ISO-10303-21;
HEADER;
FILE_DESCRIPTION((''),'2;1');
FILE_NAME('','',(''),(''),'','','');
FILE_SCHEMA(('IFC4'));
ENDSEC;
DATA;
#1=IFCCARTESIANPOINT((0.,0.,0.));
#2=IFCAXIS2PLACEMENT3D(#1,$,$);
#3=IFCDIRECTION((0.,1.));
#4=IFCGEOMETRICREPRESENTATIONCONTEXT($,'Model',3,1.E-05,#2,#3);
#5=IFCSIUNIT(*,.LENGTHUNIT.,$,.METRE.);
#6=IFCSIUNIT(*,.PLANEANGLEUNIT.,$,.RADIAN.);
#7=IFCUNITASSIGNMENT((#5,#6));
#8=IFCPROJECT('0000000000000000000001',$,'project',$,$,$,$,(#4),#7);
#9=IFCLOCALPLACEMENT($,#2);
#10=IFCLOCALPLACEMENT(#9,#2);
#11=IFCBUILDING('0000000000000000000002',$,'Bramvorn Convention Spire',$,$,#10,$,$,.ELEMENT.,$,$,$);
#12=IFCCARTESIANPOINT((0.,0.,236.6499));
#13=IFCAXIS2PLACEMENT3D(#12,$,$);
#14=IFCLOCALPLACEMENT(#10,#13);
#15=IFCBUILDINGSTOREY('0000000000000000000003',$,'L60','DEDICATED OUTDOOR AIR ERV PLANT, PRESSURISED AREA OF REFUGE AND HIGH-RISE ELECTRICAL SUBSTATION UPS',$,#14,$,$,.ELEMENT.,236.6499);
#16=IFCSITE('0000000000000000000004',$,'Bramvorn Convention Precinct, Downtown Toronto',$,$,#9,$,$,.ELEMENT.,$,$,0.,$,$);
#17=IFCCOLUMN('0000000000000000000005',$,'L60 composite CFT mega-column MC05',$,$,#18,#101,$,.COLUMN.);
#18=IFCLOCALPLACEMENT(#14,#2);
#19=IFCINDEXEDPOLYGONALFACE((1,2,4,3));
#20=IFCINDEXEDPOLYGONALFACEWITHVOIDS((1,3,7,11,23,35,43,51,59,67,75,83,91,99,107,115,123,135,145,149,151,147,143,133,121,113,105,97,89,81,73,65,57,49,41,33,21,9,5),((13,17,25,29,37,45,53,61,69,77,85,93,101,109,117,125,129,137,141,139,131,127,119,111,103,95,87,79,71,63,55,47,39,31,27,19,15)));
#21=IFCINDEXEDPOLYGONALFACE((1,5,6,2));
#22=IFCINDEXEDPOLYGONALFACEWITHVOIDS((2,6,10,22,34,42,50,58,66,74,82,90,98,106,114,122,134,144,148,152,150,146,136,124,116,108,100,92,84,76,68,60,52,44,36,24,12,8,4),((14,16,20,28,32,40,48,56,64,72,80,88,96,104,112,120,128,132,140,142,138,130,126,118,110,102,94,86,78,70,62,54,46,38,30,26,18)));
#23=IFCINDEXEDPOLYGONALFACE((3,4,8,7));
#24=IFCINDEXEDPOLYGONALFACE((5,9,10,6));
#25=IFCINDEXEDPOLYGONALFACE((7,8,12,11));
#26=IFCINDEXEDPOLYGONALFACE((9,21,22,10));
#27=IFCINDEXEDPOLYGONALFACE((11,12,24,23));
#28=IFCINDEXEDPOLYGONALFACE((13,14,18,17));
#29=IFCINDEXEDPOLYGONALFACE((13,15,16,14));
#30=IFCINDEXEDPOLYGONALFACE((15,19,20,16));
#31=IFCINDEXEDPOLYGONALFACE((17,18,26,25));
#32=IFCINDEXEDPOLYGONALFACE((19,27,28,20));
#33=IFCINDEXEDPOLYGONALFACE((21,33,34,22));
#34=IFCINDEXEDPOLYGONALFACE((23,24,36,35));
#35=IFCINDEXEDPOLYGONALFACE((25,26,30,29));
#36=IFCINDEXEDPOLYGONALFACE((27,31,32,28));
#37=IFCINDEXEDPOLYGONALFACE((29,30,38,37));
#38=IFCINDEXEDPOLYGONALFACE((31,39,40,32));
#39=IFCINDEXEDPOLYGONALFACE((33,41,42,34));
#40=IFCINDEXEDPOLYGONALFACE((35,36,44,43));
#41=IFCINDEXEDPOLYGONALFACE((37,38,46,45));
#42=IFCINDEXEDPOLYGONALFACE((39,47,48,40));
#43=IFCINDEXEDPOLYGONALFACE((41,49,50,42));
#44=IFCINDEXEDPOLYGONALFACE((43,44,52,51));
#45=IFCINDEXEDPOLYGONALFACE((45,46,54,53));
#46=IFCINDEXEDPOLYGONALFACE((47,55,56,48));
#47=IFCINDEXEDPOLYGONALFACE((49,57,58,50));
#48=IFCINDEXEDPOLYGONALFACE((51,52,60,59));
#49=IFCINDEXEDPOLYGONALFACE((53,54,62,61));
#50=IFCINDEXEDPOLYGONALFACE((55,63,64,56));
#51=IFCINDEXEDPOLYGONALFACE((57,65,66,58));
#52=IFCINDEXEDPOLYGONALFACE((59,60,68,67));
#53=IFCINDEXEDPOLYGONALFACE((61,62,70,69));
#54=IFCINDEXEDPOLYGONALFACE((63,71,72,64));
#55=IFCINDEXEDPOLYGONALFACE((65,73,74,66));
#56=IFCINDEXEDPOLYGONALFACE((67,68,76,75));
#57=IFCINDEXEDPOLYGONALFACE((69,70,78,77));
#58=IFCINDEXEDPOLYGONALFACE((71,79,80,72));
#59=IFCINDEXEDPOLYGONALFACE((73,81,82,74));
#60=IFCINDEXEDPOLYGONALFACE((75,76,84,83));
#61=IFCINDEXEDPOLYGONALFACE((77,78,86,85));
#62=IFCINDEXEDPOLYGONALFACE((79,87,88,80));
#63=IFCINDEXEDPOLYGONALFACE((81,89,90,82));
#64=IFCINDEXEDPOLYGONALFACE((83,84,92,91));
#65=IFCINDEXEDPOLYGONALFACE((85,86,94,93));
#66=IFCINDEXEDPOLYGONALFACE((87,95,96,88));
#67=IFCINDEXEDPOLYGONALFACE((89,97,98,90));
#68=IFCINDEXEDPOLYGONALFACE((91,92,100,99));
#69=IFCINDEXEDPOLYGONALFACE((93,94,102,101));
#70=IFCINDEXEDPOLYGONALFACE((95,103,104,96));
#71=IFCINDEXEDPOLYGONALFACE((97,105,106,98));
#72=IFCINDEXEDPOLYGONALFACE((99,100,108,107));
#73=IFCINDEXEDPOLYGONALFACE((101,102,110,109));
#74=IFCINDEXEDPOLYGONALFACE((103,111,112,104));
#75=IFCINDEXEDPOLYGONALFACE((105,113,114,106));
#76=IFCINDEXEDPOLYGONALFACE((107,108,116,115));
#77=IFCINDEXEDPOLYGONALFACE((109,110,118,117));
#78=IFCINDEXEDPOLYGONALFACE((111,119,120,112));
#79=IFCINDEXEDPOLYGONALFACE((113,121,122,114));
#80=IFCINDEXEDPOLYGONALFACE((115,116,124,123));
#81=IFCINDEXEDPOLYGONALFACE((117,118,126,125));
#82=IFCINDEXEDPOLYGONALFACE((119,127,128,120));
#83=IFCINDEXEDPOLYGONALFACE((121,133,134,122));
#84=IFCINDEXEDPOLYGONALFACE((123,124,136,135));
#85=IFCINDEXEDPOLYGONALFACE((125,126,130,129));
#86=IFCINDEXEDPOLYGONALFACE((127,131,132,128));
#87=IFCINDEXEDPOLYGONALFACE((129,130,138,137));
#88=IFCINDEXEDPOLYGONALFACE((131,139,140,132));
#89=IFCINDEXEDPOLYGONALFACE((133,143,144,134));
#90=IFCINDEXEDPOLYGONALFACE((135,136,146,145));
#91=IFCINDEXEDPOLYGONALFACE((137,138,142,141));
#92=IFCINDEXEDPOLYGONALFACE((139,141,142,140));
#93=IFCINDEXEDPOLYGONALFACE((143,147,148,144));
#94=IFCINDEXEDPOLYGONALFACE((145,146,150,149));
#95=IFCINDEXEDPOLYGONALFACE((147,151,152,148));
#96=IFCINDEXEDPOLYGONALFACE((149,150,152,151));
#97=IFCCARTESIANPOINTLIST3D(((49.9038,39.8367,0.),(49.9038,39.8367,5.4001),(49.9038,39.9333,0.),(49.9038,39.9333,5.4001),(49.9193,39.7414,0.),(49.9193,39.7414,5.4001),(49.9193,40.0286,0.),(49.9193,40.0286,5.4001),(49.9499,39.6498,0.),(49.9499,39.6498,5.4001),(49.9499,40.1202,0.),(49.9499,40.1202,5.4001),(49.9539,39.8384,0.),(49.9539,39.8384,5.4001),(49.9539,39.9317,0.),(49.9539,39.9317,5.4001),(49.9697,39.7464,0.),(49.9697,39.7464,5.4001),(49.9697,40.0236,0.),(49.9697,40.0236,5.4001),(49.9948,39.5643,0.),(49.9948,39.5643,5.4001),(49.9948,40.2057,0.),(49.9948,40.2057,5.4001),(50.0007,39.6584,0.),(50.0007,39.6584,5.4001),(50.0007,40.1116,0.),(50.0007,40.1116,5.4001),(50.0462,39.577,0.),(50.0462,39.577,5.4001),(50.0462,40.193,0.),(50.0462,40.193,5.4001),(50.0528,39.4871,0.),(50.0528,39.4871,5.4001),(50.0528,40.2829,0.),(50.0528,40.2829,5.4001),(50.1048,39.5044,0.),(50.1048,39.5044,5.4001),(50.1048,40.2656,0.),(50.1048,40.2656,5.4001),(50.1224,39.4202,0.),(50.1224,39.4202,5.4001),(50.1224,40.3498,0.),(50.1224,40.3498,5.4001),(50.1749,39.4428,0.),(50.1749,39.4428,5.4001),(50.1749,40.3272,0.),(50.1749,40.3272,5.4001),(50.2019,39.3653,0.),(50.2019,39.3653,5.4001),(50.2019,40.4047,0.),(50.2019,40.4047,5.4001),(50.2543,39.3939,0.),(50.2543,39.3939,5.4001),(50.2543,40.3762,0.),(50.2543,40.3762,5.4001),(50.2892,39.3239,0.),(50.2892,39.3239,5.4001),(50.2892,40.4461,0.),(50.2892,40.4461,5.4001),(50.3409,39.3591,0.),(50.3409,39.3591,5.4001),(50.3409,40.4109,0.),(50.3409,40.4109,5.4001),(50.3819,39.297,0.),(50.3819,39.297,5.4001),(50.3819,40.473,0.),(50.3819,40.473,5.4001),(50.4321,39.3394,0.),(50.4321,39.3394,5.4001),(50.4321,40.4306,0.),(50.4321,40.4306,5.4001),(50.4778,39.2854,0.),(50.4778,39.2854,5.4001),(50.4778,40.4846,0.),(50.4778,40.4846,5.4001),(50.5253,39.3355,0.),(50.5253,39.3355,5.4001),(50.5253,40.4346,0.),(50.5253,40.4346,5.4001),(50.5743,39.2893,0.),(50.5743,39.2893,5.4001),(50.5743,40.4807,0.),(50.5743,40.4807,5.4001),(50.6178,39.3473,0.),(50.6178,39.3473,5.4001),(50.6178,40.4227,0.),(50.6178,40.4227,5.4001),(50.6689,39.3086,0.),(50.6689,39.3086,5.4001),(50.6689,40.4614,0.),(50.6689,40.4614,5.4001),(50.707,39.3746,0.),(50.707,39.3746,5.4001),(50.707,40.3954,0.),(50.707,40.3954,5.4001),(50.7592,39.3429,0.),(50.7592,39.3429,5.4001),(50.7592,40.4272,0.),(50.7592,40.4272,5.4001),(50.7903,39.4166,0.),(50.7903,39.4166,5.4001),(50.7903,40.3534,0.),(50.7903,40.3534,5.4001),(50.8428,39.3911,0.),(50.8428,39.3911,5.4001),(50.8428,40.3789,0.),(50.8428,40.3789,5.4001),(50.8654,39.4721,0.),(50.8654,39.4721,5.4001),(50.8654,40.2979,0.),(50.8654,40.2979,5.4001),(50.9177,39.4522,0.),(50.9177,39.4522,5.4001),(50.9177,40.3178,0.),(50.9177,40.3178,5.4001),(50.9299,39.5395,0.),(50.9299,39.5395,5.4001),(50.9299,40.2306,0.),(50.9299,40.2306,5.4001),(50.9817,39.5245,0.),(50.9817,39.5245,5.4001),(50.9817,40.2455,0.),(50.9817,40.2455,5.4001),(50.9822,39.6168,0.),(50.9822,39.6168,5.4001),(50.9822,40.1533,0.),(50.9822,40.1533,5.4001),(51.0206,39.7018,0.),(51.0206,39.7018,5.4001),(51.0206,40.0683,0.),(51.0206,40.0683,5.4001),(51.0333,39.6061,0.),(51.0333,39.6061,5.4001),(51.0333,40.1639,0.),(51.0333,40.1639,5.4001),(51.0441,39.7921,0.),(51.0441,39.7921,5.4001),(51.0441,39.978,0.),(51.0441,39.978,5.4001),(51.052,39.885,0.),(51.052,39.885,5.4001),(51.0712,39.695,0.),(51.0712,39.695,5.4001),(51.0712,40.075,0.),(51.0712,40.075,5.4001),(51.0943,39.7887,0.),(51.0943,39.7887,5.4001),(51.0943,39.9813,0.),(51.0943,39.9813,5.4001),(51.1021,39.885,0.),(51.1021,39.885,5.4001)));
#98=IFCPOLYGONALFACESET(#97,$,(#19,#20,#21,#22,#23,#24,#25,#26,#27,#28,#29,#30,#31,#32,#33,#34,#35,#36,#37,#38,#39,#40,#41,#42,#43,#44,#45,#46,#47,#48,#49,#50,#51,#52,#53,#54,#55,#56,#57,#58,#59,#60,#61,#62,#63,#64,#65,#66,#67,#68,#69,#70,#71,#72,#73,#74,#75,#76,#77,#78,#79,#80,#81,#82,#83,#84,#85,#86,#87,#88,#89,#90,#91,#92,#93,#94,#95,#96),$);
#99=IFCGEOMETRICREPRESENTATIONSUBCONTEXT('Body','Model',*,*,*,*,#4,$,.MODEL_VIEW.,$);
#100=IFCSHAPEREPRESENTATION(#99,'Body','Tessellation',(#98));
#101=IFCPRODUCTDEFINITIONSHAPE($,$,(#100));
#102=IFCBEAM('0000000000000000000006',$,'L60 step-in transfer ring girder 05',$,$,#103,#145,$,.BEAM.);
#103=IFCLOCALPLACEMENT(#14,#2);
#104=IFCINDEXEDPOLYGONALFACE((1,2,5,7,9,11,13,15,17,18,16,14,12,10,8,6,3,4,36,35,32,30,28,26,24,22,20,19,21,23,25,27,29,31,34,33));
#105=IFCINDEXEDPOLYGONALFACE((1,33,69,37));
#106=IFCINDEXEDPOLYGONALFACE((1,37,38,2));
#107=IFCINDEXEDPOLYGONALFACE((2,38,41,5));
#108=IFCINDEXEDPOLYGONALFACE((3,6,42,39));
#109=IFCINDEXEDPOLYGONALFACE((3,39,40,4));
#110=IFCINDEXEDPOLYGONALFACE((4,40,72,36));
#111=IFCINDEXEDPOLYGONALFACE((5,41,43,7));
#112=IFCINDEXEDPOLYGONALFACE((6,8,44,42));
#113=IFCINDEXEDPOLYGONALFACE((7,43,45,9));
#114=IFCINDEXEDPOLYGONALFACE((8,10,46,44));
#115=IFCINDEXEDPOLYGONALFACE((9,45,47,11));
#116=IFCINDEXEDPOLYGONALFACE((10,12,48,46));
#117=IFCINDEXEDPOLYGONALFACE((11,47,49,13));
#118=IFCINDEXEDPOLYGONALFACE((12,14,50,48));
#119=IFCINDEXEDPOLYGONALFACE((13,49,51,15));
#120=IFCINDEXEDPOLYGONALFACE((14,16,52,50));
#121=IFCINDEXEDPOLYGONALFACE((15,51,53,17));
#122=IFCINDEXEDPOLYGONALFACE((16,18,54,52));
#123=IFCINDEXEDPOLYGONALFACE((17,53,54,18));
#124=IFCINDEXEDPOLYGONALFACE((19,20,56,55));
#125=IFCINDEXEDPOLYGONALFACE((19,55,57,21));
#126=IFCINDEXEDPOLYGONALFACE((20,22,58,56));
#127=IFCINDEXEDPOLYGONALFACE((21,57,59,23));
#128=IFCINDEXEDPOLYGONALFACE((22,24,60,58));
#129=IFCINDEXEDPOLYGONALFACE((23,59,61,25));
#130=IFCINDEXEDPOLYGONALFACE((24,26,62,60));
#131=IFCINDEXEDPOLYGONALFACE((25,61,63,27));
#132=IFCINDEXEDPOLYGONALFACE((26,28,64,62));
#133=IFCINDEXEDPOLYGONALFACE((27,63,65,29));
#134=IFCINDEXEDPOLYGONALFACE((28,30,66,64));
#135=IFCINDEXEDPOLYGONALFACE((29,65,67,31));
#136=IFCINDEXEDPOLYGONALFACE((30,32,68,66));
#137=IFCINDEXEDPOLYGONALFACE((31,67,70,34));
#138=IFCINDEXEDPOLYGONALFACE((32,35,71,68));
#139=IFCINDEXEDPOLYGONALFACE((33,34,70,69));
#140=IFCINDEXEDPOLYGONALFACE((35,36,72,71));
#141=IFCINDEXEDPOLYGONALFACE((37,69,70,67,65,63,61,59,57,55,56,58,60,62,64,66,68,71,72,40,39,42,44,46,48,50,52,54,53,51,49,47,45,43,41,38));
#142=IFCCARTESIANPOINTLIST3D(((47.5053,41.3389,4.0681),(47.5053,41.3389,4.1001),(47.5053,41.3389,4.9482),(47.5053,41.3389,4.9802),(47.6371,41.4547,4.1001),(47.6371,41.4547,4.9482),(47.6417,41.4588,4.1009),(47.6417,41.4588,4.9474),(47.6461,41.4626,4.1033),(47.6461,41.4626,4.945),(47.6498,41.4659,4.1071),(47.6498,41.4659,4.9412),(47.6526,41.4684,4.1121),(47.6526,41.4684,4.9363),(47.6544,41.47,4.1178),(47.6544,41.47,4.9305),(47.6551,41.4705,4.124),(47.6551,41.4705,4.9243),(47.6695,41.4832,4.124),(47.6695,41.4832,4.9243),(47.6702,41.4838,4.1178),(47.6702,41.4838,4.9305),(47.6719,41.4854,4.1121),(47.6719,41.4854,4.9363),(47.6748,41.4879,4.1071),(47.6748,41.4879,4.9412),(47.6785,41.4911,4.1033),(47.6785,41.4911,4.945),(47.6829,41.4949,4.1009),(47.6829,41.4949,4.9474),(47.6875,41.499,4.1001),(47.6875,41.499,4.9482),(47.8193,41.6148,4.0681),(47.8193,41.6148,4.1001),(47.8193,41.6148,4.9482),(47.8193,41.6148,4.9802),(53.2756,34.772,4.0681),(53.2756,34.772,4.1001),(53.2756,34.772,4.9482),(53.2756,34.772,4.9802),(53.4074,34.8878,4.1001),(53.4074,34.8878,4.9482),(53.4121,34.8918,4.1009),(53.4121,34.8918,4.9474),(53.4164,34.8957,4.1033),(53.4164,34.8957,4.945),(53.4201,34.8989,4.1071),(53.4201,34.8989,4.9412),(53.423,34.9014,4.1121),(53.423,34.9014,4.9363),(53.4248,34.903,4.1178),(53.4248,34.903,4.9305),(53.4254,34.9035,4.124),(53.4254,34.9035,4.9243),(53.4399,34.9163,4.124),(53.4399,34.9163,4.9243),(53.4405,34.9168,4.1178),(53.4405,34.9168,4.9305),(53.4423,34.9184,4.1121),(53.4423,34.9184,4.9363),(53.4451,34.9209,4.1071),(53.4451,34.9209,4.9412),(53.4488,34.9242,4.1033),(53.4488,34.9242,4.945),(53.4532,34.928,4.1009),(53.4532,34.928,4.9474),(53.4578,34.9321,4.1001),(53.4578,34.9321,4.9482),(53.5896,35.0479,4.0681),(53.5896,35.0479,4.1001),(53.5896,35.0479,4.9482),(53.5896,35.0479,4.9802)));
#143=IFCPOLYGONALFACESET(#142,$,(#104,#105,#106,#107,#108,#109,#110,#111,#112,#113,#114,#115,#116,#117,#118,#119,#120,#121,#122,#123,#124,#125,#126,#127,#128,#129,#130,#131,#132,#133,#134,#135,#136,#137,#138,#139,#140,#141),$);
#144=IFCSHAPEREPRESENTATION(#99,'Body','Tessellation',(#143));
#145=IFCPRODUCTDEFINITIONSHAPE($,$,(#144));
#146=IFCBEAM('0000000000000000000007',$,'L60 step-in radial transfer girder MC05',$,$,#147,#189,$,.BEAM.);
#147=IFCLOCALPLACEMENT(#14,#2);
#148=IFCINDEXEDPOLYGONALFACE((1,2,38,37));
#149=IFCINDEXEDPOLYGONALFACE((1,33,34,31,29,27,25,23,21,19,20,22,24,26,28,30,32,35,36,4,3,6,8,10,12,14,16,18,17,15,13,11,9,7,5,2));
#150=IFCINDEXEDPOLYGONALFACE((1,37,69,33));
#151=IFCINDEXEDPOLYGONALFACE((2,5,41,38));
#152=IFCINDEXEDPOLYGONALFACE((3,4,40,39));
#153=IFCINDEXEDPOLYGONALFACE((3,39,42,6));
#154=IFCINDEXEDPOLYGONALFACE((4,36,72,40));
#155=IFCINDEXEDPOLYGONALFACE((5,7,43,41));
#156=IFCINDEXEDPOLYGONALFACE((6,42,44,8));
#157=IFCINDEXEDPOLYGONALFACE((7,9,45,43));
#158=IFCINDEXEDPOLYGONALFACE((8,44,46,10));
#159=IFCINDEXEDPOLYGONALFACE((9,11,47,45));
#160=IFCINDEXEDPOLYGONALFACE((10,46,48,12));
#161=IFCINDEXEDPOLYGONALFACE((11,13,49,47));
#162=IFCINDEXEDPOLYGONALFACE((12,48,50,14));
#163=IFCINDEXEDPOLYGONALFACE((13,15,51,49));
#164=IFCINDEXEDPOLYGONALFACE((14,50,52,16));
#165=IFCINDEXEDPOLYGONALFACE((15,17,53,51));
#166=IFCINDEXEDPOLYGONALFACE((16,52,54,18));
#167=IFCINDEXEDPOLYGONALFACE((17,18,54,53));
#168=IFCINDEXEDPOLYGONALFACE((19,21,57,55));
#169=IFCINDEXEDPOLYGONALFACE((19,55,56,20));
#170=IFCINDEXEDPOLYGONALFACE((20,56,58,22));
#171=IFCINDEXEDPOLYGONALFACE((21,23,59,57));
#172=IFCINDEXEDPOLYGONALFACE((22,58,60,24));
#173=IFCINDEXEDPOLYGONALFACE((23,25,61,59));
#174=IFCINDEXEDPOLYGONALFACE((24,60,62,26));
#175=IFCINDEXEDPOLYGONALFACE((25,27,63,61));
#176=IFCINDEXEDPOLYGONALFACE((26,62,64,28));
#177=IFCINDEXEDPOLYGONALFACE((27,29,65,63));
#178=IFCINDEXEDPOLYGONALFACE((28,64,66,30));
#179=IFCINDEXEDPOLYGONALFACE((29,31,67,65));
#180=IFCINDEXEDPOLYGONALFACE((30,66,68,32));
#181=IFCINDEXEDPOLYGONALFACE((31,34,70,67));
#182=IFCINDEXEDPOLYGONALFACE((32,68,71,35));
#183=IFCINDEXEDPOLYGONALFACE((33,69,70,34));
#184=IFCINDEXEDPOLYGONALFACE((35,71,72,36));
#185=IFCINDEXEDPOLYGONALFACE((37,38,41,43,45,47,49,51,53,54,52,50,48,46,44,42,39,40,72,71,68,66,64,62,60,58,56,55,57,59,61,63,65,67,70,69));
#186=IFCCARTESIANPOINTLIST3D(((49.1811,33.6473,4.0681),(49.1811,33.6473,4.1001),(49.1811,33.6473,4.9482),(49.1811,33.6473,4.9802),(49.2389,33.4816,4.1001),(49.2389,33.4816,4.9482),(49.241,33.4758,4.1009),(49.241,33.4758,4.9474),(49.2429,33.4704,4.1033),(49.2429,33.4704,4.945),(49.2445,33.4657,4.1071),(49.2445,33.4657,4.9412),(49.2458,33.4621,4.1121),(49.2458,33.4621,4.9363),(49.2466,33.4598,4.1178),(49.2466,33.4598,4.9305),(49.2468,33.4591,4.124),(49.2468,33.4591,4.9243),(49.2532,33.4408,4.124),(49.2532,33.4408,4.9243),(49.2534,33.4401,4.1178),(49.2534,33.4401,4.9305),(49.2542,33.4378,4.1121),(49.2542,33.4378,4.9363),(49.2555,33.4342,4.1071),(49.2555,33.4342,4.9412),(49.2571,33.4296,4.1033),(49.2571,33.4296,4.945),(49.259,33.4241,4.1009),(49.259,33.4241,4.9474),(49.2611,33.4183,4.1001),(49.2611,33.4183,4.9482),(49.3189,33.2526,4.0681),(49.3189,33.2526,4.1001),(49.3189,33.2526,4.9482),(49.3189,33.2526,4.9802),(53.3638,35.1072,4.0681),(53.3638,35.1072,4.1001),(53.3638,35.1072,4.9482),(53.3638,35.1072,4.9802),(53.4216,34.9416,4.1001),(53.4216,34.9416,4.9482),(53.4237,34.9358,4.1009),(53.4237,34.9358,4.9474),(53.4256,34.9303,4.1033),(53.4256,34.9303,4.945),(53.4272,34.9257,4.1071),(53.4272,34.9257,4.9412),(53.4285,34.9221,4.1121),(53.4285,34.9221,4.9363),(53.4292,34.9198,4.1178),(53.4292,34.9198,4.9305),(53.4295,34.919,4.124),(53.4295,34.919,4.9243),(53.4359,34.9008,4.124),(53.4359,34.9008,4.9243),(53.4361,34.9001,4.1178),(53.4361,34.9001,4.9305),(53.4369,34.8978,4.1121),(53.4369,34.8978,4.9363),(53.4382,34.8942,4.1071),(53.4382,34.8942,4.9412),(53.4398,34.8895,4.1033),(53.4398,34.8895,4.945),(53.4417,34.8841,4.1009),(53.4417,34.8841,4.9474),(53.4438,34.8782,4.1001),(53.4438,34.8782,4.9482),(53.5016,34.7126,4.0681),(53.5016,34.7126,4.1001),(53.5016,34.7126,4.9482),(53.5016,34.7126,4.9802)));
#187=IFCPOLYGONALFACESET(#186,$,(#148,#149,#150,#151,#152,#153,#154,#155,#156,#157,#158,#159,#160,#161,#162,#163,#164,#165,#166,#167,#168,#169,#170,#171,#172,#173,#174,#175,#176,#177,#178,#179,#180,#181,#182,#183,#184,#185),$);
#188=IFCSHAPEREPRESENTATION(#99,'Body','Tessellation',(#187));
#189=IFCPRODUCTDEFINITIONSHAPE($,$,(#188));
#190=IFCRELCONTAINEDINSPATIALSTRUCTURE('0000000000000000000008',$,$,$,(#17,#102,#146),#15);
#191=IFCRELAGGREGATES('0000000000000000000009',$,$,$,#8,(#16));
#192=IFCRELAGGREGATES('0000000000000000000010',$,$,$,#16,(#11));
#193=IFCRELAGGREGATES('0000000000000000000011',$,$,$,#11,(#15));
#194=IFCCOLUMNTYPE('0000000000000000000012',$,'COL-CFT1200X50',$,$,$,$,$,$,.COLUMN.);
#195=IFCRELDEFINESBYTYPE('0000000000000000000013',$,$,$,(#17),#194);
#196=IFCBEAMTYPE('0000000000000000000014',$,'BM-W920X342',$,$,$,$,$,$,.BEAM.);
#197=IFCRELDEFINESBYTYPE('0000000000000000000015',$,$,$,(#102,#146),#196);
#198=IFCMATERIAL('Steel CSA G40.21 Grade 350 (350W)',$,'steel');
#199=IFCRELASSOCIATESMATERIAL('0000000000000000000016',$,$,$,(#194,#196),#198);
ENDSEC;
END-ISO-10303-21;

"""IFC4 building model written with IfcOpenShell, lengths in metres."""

from ifc_helpers import new_model, si_unit, direction, frame, origin, origin_2d, place, context, subcontext, project, spatial, hollow_circle, i_section, extrude, material, material_profile, profile_set, type_object, element, save


model = new_model("IFC4")

# Units and contexts
model_context = context("Model", 3, precision=1e-05, world=origin(), true_north=direction((0.0, 1.0)))
body_context = subcontext(model_context, "Body", "Model", "MODEL_VIEW")
ifc_project = project(units=[si_unit("LENGTHUNIT", "METRE"), si_unit("PLANEANGLEUNIT", "RADIAN")], contexts=[model_context])

# Site, building, storey
site_placement = place(None, origin())
site = spatial("IfcSite", under=ifc_project, at=site_placement, Name="Bramvorn Convention Precinct, Downtown Toronto", CompositionType="ELEMENT", RefElevation=0.0)
building_placement = place(site_placement, origin())
building = spatial("IfcBuilding", under=site, at=building_placement, Name="Bramvorn Convention Spire", CompositionType="ELEMENT")
storey_placement = place(building_placement, frame((0.0, 0.0, 236.6499)))
storey = spatial("IfcBuildingStorey", under=building, at=storey_placement, Name="L60", Description="DEDICATED OUTDOOR AIR ERV PLANT, PRESSURISED AREA OF REFUGE AND HIGH-RISE ELECTRICAL SUBSTATION UPS", CompositionType="ELEMENT", Elevation=236.6499)

# Column
ifc_material_1 = material(Name="Steel CSA G40.21 Grade 350 (350W)", Category="steel")
ifc_material_profile_1 = material_profile(ifc_material_1, hollow_circle(Radius=0.6001, WallThickness=0.05, at=origin_2d()))
ifc_profile_set_1 = profile_set([ifc_material_profile_1], Name="Steel CSA G40.21 Grade 350 (350W) - CFT1200X50")
column_type = type_object("IfcColumnType", Name="COL-CFT1200X50", PredefinedType="COLUMN", material=ifc_profile_set_1)
column_placement = place(storey_placement, frame((50.502, 39.885, 0.0), z_axis=(0.0, 0.0, 1.0), x_axis=(1.0, 0.0, 0.0)))
element("IfcColumn", 1, at=column_placement, inside=storey, type_object=column_type, Name="L60 composite CFT mega-column MC05", PredefinedType="COLUMN", context=body_context, shape_type="SweptSolid", body=[
    extrude(hollow_circle(Radius=0.6001, WallThickness=0.05, at=origin_2d()), origin(), (0.0, 0.0, 1.0), 5.4001),
])

# Beams
ifc_material_profile_2 = material_profile(ifc_material_1, i_section(OverallWidth=0.418, OverallDepth=0.9121, WebThickness=0.0193, FlangeThickness=0.032, FilletRadius=0.0239, at=origin_2d()))
ifc_profile_set_2 = profile_set([ifc_material_profile_2], Name="Steel CSA G40.21 Grade 350 (350W) - W920X342")
beam_type = type_object("IfcBeamType", Name="BM-W920X342", PredefinedType="BEAM", material=ifc_profile_set_2)
beam_1_placement = place(storey_placement, frame((53.4326, 34.9099, 4.5242), z_axis=(-0.660073, 0.751201, 0.0), x_axis=(-0.751201, -0.660073, 0.0)))
element("IfcBeam", 2, at=beam_1_placement, inside=storey, type_object=beam_type, Name="L60 step-in transfer ring girder 05", PredefinedType="BEAM", context=body_context, shape_type="SweptSolid", body=[
    extrude(i_section(OverallWidth=0.418, OverallDepth=0.9121, WebThickness=0.0193, FlangeThickness=0.032, FilletRadius=0.0239, at=origin_2d()), origin(), (0.0, 0.0, 1.0), 8.7419),
])
beam_2_placement = place(storey_placement, frame((49.25, 33.45, 4.5242), z_axis=(0.944136, 0.329555, 0.0), x_axis=(-0.329555, 0.944136, 0.0)))
element("IfcBeam", 3, at=beam_2_placement, inside=storey, type_object=beam_type, Name="L60 step-in radial transfer girder MC05", PredefinedType="BEAM", context=body_context, shape_type="SweptSolid", body=[
    extrude(i_section(OverallWidth=0.418, OverallDepth=0.9121, WebThickness=0.0193, FlangeThickness=0.032, FilletRadius=0.0239, at=origin_2d()), origin(), (0.0, 0.0, 1.0), 4.4302),
])

save(model, "model.ifc")
